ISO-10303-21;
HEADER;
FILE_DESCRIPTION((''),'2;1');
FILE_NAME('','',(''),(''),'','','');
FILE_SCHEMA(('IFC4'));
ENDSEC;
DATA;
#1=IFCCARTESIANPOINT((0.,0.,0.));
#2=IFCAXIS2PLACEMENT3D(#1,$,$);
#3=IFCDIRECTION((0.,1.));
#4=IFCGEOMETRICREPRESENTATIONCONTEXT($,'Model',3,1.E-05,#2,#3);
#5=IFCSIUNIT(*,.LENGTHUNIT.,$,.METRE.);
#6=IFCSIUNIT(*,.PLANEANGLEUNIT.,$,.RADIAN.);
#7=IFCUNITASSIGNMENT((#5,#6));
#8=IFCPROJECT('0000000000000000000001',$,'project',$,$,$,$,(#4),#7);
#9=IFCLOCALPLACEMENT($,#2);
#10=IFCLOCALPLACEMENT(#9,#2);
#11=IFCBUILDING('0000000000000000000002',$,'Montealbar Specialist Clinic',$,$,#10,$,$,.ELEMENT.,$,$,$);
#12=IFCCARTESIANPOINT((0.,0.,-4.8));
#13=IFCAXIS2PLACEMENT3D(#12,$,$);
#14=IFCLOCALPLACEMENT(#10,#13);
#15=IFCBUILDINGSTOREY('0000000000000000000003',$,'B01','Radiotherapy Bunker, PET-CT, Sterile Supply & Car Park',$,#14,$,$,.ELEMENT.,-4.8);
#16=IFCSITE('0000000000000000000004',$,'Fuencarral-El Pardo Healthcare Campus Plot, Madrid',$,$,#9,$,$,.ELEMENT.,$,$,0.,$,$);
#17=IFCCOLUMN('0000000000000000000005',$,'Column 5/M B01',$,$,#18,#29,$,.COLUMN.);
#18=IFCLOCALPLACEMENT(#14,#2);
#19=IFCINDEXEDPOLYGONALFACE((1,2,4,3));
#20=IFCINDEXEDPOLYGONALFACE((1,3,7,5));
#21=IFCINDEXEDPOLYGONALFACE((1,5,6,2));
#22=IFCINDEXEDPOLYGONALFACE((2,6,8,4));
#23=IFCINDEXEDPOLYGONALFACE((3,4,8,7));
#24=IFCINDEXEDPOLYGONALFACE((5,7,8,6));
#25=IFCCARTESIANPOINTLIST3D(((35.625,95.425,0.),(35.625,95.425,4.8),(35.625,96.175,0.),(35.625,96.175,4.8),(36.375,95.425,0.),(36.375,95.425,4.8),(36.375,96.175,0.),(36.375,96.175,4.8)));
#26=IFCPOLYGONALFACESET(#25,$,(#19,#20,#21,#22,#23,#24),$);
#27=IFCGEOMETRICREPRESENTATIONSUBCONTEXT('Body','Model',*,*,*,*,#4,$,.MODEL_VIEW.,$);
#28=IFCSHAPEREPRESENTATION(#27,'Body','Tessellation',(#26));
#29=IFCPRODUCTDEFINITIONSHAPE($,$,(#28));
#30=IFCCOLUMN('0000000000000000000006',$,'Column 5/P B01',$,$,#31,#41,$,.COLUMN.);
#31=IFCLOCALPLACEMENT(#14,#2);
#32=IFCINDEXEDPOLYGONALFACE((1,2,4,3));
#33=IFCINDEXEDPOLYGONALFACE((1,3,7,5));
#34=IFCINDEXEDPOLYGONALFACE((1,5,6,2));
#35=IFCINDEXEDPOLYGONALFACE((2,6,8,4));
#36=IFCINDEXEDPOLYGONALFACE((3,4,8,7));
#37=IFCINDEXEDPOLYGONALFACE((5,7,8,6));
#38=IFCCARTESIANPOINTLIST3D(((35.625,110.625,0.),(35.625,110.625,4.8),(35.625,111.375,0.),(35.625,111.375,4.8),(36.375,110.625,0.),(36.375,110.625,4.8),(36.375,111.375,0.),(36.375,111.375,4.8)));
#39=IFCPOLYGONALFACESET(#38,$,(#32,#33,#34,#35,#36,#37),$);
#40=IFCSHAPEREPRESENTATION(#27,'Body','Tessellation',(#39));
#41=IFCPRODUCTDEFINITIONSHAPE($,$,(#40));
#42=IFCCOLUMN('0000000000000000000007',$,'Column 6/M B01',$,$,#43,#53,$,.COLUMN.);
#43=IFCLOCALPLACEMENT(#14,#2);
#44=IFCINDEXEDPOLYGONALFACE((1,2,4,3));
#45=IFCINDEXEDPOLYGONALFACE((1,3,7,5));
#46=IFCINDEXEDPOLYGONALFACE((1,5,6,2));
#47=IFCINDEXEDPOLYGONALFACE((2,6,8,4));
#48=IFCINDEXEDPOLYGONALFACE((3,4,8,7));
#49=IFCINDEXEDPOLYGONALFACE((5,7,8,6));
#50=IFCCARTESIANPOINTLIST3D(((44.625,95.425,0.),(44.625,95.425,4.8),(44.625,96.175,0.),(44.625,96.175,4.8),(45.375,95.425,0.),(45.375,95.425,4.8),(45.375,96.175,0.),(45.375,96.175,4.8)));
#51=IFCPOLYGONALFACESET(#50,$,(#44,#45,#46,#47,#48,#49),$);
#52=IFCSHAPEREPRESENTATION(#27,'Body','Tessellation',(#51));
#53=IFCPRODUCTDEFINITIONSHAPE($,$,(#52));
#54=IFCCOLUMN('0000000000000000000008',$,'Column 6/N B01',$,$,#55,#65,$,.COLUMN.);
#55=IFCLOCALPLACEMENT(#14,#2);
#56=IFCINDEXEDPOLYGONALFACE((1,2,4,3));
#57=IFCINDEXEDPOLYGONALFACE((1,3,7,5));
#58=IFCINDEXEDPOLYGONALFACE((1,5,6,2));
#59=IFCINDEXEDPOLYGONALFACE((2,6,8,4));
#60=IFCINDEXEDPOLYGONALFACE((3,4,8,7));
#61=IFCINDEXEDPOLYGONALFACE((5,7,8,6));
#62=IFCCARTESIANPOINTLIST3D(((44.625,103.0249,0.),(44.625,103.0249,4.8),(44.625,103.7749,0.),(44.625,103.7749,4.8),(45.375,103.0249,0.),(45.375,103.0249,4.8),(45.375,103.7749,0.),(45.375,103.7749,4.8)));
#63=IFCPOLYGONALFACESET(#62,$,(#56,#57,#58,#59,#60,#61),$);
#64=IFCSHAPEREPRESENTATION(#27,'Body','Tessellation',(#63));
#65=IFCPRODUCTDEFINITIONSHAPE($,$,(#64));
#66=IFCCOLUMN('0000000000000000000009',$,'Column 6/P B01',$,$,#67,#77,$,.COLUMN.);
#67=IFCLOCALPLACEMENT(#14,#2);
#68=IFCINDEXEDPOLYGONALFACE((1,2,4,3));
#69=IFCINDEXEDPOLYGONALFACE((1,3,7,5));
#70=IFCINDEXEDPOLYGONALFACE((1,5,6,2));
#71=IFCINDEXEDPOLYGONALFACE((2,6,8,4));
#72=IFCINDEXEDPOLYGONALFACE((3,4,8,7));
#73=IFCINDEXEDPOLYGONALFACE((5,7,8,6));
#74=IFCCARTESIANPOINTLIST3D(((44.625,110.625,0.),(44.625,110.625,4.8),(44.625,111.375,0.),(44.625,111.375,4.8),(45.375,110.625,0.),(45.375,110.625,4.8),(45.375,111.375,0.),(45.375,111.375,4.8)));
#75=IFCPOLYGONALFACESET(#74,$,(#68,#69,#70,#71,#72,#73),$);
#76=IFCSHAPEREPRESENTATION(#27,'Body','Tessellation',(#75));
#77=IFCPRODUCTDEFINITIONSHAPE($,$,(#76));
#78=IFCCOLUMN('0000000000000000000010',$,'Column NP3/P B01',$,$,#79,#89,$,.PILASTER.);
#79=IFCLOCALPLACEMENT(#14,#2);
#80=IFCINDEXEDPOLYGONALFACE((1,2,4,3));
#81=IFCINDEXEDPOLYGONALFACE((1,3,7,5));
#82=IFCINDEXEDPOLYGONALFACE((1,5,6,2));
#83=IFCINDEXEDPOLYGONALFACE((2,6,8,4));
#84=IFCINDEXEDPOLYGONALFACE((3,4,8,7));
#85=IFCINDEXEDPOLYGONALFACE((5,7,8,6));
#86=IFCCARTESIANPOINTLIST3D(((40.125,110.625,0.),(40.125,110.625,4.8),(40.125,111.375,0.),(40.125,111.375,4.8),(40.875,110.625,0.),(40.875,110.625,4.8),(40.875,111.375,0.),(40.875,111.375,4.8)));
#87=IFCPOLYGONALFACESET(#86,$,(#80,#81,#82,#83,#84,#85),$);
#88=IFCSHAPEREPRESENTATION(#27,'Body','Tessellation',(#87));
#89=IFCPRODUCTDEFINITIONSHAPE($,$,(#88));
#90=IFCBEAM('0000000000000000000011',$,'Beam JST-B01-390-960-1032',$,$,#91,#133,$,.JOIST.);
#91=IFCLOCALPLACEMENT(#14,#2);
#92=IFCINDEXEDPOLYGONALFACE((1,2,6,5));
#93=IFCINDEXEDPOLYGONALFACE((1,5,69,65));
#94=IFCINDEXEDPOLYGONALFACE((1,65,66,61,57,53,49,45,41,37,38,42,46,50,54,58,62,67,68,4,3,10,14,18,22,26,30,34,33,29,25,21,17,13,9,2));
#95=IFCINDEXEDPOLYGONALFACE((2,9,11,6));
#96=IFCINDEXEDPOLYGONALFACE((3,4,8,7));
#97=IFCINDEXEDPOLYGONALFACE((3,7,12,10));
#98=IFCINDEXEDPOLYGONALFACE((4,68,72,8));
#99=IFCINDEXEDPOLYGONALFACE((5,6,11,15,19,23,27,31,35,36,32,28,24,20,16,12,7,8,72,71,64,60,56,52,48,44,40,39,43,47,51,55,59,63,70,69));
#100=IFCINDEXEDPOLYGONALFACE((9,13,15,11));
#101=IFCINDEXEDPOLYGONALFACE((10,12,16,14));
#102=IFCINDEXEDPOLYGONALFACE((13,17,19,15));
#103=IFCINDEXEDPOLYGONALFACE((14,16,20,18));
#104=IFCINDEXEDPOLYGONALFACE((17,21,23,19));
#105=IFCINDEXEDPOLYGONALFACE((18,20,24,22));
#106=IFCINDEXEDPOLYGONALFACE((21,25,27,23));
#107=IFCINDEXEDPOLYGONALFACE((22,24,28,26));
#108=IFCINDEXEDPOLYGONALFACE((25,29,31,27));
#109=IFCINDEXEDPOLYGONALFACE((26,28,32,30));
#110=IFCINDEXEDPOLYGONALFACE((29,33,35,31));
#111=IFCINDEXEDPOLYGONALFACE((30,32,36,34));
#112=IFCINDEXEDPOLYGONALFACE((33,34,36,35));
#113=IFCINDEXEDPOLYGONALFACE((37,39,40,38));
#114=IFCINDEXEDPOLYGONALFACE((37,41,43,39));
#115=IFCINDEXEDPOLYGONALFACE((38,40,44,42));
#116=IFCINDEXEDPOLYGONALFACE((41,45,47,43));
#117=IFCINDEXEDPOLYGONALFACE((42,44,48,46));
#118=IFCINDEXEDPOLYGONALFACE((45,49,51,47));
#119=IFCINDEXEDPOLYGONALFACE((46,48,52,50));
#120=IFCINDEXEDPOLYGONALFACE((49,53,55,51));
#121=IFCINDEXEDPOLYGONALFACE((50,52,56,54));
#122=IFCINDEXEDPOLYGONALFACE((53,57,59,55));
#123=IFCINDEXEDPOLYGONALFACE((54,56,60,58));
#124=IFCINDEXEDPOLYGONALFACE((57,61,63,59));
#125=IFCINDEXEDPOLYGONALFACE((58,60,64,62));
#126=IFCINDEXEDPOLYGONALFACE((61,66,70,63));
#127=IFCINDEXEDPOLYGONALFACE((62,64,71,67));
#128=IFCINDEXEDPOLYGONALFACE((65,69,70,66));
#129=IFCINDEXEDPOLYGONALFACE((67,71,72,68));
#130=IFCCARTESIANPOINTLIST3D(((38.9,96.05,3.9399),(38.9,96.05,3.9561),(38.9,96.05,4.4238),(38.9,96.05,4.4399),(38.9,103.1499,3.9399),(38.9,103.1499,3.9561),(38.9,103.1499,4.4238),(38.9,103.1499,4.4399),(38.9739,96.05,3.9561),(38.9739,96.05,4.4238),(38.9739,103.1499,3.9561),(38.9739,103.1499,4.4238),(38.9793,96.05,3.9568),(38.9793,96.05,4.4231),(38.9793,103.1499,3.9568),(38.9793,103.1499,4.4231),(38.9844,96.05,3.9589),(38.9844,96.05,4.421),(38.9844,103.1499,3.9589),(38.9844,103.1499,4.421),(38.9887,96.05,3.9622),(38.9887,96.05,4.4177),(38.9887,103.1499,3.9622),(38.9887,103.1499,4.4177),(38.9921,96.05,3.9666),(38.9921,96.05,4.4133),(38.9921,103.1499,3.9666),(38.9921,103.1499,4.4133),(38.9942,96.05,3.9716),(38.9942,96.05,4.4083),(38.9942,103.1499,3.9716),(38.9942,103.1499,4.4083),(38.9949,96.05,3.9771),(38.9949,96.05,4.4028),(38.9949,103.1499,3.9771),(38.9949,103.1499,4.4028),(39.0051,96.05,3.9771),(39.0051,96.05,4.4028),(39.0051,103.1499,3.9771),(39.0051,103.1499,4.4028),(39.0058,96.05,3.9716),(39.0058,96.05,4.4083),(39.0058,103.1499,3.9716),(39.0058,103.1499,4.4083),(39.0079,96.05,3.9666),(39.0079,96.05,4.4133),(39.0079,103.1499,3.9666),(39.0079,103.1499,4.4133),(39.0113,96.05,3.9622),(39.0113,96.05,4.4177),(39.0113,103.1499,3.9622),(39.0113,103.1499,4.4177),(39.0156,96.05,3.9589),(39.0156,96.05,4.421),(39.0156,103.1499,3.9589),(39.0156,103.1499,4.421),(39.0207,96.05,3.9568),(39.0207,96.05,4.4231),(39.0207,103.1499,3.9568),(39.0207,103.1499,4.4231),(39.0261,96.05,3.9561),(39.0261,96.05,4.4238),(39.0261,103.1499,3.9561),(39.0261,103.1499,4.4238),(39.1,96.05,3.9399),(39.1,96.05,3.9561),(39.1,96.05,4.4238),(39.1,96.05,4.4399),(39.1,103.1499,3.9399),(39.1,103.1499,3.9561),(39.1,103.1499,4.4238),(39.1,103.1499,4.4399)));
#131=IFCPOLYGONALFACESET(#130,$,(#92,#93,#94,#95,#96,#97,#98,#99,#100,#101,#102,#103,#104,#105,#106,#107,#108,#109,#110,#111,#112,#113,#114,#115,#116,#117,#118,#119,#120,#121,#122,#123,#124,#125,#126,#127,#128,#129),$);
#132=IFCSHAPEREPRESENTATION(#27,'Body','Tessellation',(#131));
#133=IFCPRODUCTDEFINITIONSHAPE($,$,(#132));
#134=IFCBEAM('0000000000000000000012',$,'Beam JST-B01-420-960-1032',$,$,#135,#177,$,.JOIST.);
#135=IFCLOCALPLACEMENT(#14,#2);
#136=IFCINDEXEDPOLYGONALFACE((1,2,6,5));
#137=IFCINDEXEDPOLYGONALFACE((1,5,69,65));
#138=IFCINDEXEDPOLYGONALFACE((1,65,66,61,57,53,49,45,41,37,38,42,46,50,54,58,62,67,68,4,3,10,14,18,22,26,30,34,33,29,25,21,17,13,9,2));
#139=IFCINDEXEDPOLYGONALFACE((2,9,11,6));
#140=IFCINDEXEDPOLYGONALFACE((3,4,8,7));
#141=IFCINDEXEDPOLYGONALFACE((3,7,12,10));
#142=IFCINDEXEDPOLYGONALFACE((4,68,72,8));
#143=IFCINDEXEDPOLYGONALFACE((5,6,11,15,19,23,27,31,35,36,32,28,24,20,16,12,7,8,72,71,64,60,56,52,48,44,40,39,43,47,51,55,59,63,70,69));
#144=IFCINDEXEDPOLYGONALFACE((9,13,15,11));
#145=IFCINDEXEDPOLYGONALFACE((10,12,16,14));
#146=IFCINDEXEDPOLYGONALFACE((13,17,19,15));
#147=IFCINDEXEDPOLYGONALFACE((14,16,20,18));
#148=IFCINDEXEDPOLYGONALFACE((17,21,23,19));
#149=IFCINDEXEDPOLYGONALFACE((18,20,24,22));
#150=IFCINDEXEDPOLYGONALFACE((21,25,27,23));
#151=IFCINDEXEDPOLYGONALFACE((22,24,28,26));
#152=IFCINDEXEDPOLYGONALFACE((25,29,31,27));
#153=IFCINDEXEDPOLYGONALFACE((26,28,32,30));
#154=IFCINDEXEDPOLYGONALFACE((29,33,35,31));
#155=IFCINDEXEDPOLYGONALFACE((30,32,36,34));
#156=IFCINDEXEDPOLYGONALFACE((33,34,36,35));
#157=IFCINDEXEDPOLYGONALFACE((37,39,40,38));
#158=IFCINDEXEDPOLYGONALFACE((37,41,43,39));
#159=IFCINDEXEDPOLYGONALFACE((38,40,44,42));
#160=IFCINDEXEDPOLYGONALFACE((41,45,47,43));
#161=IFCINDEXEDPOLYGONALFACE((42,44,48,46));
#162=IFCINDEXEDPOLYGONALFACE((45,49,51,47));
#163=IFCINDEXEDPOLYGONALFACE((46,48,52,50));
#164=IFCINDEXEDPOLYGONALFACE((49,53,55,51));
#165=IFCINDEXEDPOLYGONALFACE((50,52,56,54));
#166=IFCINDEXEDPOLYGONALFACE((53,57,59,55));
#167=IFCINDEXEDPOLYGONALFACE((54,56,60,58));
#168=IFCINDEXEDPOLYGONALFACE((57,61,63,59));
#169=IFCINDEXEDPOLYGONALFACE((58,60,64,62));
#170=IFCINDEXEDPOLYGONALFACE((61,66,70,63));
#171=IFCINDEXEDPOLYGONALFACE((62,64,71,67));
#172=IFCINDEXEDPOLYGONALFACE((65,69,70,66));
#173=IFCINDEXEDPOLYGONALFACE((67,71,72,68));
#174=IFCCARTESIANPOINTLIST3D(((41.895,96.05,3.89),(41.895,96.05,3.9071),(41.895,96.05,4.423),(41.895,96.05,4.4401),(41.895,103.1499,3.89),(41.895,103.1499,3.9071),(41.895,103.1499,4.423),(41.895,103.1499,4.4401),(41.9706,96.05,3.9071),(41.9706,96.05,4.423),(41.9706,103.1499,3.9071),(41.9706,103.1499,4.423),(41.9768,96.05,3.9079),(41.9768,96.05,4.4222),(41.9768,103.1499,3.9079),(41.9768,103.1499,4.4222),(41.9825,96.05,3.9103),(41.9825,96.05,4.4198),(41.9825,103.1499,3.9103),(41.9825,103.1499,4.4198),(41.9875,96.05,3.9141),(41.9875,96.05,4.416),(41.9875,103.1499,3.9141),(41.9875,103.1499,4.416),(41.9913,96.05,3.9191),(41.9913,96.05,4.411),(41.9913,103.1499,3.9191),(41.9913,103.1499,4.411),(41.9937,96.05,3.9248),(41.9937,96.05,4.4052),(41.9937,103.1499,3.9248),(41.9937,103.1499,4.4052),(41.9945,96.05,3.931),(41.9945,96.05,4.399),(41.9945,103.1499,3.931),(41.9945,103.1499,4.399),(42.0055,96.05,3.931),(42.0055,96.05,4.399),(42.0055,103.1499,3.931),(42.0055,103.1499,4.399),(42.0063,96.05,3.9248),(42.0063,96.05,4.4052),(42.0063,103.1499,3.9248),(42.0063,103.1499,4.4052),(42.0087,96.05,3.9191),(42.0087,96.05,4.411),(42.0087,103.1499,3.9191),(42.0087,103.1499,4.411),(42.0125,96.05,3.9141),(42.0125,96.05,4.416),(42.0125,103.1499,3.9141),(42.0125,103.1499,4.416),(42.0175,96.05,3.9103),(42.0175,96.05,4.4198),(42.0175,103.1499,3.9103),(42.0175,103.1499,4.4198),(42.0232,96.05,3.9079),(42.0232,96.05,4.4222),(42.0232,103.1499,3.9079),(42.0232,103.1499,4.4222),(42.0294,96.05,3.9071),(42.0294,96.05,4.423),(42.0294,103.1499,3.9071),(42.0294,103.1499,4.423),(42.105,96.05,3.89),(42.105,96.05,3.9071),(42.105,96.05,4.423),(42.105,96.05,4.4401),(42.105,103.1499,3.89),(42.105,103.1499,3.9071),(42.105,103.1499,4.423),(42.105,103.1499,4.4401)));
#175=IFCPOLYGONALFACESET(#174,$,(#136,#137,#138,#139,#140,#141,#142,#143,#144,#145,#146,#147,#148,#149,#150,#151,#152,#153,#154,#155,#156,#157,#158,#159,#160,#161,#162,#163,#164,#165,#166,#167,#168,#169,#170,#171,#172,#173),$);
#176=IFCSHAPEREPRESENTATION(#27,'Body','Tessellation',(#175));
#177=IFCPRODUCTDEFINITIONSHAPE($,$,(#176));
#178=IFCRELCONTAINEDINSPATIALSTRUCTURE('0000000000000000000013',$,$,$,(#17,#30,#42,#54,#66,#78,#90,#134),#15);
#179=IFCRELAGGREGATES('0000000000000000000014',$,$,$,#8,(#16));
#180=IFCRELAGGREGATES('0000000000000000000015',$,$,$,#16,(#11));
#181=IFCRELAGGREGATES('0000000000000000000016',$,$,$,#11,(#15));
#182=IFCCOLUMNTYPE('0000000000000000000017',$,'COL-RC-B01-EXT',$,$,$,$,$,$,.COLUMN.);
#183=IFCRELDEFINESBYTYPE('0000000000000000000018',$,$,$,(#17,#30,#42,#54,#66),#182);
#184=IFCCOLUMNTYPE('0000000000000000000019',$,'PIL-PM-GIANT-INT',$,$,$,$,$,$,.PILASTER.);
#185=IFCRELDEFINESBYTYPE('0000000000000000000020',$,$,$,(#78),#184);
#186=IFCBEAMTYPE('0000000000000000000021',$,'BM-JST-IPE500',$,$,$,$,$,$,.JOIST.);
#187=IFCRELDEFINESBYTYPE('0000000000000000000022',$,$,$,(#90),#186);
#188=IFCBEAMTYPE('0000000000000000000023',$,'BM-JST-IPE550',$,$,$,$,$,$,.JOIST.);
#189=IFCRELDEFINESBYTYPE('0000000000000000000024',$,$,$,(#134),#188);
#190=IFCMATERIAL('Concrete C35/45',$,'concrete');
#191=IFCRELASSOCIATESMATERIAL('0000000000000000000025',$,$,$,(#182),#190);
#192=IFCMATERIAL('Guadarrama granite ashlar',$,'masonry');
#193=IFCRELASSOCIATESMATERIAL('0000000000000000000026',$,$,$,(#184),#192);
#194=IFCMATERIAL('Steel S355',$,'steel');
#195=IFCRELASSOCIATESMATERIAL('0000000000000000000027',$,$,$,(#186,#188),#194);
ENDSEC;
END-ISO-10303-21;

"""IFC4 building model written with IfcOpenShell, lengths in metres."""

from ifc_helpers import new_model, si_unit, direction, frame, origin, origin_2d, place, context, subcontext, project, spatial, rectangle, i_section, extrude, material, material_profile, profile_set, type_object, element, save


model = new_model("IFC4")

# Units and contexts
model_context = context("Model", 3, precision=1e-05, world=origin(), true_north=direction((0.0, 1.0)))
body_context = subcontext(model_context, "Body", "Model", "MODEL_VIEW")
ifc_project = project(units=[si_unit("LENGTHUNIT", "METRE"), si_unit("PLANEANGLEUNIT", "RADIAN")], contexts=[model_context])

# Site, building, storey
site_placement = place(None, origin())
site = spatial("IfcSite", under=ifc_project, at=site_placement, Name="Fuencarral-El Pardo Healthcare Campus Plot, Madrid", CompositionType="ELEMENT", RefElevation=0.0)
building_placement = place(site_placement, origin())
building = spatial("IfcBuilding", under=site, at=building_placement, Name="Montealbar Specialist Clinic", CompositionType="ELEMENT")
storey_placement = place(building_placement, frame((0.0, 0.0, -4.8)))
storey = spatial("IfcBuildingStorey", under=building, at=storey_placement, Name="B01", Description="Radiotherapy Bunker, PET-CT, Sterile Supply & Car Park", CompositionType="ELEMENT", Elevation=-4.8)

# Shared definitions
ifc_material_1 = material(Name="Concrete C35/45", Category="concrete")

# Columns
ifc_material_profile_1 = material_profile(ifc_material_1, rectangle(XDim=0.75, YDim=0.75, at=origin_2d()), Name="RC 750x750", Category="concrete")
ifc_profile_set_1 = profile_set([ifc_material_profile_1], Name="Concrete C35/45")
column_type_1 = type_object("IfcColumnType", Name="COL-RC-B01-EXT", PredefinedType="COLUMN", material=ifc_profile_set_1)
for number, where, z_axis, x_axis, name in (
    (1, (36.0, 95.8, 0.0), (0.0, 0.0, 1.0), (1.0, 0.0, 0.0), "Column 5/M B01"),
    (2, (36.0, 111.0, 0.0), (0.0, 0.0, 1.0), (1.0, 0.0, 0.0), "Column 5/P B01"),
    (3, (45.0, 95.8, 0.0), (0.0, 0.0, 1.0), (1.0, 0.0, 0.0), "Column 6/M B01"),
    (4, (45.0, 103.3999, 0.0), (0.0, 0.0, 1.0), (1.0, 0.0, 0.0), "Column 6/N B01"),
    (5, (45.0, 111.0, 0.0), (0.0, 0.0, 1.0), (1.0, 0.0, 0.0), "Column 6/P B01"),
):
    element("IfcColumn", number, at=place(storey_placement, frame(where, z_axis=z_axis, x_axis=x_axis)), inside=storey, type_object=column_type_1, Name=name, PredefinedType="COLUMN", context=body_context, shape_type="SweptSolid", body=[
        extrude(rectangle(XDim=0.75, YDim=0.75, at=origin_2d()), origin(), (0.0, 0.0, 1.0), 4.8),
    ])
ifc_material_2 = material(Name="Guadarrama granite ashlar", Category="masonry")
ifc_material_profile_2 = material_profile(ifc_material_2, rectangle(XDim=0.75, YDim=0.75, at=origin_2d()), Name="GRANITE PILASTER 750x750", Category="masonry")
ifc_profile_set_2 = profile_set([ifc_material_profile_2], Name="Guadarrama granite ashlar")
column_type_2 = type_object("IfcColumnType", Name="PIL-PM-GIANT-INT", PredefinedType="PILASTER", material=ifc_profile_set_2)
column_1_placement = place(storey_placement, frame((40.5, 111.0, 0.0), z_axis=(0.0, 0.0, 1.0), x_axis=(1.0, 0.0, 0.0)))
element("IfcColumn", 6, at=column_1_placement, inside=storey, type_object=column_type_2, Name="Column NP3/P B01", PredefinedType="PILASTER", context=body_context, shape_type="SweptSolid", body=[
    extrude(rectangle(XDim=0.75, YDim=0.75, at=origin_2d()), origin(), (0.0, 0.0, 1.0), 4.8),
])

# Beams
ifc_material_3 = material(Name="Steel S355", Category="steel")
ifc_material_profile_3 = material_profile(ifc_material_3, i_section(OverallWidth=0.2, OverallDepth=0.5, WebThickness=0.0103, FlangeThickness=0.0161, FilletRadius=0.021, at=origin_2d()), Name="IPE 500", Category="steel")
ifc_profile_set_3 = profile_set([ifc_material_profile_3], Name="Steel S355")
beam_type_1 = type_object("IfcBeamType", Name="BM-JST-IPE500", PredefinedType="JOIST", material=ifc_profile_set_3)
beam_1_placement = place(storey_placement, frame((39.0, 96.05, 4.1899), z_axis=(0.0, 1.0, 0.0), x_axis=(-1.0, 0.0, 0.0)))
element("IfcBeam", 7, at=beam_1_placement, inside=storey, type_object=beam_type_1, Name="Beam JST-B01-390-960-1032", PredefinedType="JOIST", context=body_context, shape_type="SweptSolid", body=[
    extrude(i_section(OverallWidth=0.2, OverallDepth=0.5, WebThickness=0.0103, FlangeThickness=0.0161, FilletRadius=0.021, at=origin_2d()), origin(), (0.0, 0.0, 1.0), 7.0999),
])
ifc_material_profile_4 = material_profile(ifc_material_3, i_section(OverallWidth=0.21, OverallDepth=0.55, WebThickness=0.011, FlangeThickness=0.0171, FilletRadius=0.0239, at=origin_2d()), Name="IPE 550", Category="steel")
ifc_profile_set_4 = profile_set([ifc_material_profile_4], Name="Steel S355")
beam_type_2 = type_object("IfcBeamType", Name="BM-JST-IPE550", PredefinedType="JOIST", material=ifc_profile_set_4)
beam_2_placement = place(storey_placement, frame((42.0, 96.05, 4.165), z_axis=(0.0, 1.0, 0.0), x_axis=(-1.0, 0.0, 0.0)))
element("IfcBeam", 8, at=beam_2_placement, inside=storey, type_object=beam_type_2, Name="Beam JST-B01-420-960-1032", PredefinedType="JOIST", context=body_context, shape_type="SweptSolid", body=[
    extrude(i_section(OverallWidth=0.21, OverallDepth=0.55, WebThickness=0.011, FlangeThickness=0.0171, FilletRadius=0.0239, at=origin_2d()), origin(), (0.0, 0.0, 1.0), 7.0999),
])

save(model, "model.ifc")
